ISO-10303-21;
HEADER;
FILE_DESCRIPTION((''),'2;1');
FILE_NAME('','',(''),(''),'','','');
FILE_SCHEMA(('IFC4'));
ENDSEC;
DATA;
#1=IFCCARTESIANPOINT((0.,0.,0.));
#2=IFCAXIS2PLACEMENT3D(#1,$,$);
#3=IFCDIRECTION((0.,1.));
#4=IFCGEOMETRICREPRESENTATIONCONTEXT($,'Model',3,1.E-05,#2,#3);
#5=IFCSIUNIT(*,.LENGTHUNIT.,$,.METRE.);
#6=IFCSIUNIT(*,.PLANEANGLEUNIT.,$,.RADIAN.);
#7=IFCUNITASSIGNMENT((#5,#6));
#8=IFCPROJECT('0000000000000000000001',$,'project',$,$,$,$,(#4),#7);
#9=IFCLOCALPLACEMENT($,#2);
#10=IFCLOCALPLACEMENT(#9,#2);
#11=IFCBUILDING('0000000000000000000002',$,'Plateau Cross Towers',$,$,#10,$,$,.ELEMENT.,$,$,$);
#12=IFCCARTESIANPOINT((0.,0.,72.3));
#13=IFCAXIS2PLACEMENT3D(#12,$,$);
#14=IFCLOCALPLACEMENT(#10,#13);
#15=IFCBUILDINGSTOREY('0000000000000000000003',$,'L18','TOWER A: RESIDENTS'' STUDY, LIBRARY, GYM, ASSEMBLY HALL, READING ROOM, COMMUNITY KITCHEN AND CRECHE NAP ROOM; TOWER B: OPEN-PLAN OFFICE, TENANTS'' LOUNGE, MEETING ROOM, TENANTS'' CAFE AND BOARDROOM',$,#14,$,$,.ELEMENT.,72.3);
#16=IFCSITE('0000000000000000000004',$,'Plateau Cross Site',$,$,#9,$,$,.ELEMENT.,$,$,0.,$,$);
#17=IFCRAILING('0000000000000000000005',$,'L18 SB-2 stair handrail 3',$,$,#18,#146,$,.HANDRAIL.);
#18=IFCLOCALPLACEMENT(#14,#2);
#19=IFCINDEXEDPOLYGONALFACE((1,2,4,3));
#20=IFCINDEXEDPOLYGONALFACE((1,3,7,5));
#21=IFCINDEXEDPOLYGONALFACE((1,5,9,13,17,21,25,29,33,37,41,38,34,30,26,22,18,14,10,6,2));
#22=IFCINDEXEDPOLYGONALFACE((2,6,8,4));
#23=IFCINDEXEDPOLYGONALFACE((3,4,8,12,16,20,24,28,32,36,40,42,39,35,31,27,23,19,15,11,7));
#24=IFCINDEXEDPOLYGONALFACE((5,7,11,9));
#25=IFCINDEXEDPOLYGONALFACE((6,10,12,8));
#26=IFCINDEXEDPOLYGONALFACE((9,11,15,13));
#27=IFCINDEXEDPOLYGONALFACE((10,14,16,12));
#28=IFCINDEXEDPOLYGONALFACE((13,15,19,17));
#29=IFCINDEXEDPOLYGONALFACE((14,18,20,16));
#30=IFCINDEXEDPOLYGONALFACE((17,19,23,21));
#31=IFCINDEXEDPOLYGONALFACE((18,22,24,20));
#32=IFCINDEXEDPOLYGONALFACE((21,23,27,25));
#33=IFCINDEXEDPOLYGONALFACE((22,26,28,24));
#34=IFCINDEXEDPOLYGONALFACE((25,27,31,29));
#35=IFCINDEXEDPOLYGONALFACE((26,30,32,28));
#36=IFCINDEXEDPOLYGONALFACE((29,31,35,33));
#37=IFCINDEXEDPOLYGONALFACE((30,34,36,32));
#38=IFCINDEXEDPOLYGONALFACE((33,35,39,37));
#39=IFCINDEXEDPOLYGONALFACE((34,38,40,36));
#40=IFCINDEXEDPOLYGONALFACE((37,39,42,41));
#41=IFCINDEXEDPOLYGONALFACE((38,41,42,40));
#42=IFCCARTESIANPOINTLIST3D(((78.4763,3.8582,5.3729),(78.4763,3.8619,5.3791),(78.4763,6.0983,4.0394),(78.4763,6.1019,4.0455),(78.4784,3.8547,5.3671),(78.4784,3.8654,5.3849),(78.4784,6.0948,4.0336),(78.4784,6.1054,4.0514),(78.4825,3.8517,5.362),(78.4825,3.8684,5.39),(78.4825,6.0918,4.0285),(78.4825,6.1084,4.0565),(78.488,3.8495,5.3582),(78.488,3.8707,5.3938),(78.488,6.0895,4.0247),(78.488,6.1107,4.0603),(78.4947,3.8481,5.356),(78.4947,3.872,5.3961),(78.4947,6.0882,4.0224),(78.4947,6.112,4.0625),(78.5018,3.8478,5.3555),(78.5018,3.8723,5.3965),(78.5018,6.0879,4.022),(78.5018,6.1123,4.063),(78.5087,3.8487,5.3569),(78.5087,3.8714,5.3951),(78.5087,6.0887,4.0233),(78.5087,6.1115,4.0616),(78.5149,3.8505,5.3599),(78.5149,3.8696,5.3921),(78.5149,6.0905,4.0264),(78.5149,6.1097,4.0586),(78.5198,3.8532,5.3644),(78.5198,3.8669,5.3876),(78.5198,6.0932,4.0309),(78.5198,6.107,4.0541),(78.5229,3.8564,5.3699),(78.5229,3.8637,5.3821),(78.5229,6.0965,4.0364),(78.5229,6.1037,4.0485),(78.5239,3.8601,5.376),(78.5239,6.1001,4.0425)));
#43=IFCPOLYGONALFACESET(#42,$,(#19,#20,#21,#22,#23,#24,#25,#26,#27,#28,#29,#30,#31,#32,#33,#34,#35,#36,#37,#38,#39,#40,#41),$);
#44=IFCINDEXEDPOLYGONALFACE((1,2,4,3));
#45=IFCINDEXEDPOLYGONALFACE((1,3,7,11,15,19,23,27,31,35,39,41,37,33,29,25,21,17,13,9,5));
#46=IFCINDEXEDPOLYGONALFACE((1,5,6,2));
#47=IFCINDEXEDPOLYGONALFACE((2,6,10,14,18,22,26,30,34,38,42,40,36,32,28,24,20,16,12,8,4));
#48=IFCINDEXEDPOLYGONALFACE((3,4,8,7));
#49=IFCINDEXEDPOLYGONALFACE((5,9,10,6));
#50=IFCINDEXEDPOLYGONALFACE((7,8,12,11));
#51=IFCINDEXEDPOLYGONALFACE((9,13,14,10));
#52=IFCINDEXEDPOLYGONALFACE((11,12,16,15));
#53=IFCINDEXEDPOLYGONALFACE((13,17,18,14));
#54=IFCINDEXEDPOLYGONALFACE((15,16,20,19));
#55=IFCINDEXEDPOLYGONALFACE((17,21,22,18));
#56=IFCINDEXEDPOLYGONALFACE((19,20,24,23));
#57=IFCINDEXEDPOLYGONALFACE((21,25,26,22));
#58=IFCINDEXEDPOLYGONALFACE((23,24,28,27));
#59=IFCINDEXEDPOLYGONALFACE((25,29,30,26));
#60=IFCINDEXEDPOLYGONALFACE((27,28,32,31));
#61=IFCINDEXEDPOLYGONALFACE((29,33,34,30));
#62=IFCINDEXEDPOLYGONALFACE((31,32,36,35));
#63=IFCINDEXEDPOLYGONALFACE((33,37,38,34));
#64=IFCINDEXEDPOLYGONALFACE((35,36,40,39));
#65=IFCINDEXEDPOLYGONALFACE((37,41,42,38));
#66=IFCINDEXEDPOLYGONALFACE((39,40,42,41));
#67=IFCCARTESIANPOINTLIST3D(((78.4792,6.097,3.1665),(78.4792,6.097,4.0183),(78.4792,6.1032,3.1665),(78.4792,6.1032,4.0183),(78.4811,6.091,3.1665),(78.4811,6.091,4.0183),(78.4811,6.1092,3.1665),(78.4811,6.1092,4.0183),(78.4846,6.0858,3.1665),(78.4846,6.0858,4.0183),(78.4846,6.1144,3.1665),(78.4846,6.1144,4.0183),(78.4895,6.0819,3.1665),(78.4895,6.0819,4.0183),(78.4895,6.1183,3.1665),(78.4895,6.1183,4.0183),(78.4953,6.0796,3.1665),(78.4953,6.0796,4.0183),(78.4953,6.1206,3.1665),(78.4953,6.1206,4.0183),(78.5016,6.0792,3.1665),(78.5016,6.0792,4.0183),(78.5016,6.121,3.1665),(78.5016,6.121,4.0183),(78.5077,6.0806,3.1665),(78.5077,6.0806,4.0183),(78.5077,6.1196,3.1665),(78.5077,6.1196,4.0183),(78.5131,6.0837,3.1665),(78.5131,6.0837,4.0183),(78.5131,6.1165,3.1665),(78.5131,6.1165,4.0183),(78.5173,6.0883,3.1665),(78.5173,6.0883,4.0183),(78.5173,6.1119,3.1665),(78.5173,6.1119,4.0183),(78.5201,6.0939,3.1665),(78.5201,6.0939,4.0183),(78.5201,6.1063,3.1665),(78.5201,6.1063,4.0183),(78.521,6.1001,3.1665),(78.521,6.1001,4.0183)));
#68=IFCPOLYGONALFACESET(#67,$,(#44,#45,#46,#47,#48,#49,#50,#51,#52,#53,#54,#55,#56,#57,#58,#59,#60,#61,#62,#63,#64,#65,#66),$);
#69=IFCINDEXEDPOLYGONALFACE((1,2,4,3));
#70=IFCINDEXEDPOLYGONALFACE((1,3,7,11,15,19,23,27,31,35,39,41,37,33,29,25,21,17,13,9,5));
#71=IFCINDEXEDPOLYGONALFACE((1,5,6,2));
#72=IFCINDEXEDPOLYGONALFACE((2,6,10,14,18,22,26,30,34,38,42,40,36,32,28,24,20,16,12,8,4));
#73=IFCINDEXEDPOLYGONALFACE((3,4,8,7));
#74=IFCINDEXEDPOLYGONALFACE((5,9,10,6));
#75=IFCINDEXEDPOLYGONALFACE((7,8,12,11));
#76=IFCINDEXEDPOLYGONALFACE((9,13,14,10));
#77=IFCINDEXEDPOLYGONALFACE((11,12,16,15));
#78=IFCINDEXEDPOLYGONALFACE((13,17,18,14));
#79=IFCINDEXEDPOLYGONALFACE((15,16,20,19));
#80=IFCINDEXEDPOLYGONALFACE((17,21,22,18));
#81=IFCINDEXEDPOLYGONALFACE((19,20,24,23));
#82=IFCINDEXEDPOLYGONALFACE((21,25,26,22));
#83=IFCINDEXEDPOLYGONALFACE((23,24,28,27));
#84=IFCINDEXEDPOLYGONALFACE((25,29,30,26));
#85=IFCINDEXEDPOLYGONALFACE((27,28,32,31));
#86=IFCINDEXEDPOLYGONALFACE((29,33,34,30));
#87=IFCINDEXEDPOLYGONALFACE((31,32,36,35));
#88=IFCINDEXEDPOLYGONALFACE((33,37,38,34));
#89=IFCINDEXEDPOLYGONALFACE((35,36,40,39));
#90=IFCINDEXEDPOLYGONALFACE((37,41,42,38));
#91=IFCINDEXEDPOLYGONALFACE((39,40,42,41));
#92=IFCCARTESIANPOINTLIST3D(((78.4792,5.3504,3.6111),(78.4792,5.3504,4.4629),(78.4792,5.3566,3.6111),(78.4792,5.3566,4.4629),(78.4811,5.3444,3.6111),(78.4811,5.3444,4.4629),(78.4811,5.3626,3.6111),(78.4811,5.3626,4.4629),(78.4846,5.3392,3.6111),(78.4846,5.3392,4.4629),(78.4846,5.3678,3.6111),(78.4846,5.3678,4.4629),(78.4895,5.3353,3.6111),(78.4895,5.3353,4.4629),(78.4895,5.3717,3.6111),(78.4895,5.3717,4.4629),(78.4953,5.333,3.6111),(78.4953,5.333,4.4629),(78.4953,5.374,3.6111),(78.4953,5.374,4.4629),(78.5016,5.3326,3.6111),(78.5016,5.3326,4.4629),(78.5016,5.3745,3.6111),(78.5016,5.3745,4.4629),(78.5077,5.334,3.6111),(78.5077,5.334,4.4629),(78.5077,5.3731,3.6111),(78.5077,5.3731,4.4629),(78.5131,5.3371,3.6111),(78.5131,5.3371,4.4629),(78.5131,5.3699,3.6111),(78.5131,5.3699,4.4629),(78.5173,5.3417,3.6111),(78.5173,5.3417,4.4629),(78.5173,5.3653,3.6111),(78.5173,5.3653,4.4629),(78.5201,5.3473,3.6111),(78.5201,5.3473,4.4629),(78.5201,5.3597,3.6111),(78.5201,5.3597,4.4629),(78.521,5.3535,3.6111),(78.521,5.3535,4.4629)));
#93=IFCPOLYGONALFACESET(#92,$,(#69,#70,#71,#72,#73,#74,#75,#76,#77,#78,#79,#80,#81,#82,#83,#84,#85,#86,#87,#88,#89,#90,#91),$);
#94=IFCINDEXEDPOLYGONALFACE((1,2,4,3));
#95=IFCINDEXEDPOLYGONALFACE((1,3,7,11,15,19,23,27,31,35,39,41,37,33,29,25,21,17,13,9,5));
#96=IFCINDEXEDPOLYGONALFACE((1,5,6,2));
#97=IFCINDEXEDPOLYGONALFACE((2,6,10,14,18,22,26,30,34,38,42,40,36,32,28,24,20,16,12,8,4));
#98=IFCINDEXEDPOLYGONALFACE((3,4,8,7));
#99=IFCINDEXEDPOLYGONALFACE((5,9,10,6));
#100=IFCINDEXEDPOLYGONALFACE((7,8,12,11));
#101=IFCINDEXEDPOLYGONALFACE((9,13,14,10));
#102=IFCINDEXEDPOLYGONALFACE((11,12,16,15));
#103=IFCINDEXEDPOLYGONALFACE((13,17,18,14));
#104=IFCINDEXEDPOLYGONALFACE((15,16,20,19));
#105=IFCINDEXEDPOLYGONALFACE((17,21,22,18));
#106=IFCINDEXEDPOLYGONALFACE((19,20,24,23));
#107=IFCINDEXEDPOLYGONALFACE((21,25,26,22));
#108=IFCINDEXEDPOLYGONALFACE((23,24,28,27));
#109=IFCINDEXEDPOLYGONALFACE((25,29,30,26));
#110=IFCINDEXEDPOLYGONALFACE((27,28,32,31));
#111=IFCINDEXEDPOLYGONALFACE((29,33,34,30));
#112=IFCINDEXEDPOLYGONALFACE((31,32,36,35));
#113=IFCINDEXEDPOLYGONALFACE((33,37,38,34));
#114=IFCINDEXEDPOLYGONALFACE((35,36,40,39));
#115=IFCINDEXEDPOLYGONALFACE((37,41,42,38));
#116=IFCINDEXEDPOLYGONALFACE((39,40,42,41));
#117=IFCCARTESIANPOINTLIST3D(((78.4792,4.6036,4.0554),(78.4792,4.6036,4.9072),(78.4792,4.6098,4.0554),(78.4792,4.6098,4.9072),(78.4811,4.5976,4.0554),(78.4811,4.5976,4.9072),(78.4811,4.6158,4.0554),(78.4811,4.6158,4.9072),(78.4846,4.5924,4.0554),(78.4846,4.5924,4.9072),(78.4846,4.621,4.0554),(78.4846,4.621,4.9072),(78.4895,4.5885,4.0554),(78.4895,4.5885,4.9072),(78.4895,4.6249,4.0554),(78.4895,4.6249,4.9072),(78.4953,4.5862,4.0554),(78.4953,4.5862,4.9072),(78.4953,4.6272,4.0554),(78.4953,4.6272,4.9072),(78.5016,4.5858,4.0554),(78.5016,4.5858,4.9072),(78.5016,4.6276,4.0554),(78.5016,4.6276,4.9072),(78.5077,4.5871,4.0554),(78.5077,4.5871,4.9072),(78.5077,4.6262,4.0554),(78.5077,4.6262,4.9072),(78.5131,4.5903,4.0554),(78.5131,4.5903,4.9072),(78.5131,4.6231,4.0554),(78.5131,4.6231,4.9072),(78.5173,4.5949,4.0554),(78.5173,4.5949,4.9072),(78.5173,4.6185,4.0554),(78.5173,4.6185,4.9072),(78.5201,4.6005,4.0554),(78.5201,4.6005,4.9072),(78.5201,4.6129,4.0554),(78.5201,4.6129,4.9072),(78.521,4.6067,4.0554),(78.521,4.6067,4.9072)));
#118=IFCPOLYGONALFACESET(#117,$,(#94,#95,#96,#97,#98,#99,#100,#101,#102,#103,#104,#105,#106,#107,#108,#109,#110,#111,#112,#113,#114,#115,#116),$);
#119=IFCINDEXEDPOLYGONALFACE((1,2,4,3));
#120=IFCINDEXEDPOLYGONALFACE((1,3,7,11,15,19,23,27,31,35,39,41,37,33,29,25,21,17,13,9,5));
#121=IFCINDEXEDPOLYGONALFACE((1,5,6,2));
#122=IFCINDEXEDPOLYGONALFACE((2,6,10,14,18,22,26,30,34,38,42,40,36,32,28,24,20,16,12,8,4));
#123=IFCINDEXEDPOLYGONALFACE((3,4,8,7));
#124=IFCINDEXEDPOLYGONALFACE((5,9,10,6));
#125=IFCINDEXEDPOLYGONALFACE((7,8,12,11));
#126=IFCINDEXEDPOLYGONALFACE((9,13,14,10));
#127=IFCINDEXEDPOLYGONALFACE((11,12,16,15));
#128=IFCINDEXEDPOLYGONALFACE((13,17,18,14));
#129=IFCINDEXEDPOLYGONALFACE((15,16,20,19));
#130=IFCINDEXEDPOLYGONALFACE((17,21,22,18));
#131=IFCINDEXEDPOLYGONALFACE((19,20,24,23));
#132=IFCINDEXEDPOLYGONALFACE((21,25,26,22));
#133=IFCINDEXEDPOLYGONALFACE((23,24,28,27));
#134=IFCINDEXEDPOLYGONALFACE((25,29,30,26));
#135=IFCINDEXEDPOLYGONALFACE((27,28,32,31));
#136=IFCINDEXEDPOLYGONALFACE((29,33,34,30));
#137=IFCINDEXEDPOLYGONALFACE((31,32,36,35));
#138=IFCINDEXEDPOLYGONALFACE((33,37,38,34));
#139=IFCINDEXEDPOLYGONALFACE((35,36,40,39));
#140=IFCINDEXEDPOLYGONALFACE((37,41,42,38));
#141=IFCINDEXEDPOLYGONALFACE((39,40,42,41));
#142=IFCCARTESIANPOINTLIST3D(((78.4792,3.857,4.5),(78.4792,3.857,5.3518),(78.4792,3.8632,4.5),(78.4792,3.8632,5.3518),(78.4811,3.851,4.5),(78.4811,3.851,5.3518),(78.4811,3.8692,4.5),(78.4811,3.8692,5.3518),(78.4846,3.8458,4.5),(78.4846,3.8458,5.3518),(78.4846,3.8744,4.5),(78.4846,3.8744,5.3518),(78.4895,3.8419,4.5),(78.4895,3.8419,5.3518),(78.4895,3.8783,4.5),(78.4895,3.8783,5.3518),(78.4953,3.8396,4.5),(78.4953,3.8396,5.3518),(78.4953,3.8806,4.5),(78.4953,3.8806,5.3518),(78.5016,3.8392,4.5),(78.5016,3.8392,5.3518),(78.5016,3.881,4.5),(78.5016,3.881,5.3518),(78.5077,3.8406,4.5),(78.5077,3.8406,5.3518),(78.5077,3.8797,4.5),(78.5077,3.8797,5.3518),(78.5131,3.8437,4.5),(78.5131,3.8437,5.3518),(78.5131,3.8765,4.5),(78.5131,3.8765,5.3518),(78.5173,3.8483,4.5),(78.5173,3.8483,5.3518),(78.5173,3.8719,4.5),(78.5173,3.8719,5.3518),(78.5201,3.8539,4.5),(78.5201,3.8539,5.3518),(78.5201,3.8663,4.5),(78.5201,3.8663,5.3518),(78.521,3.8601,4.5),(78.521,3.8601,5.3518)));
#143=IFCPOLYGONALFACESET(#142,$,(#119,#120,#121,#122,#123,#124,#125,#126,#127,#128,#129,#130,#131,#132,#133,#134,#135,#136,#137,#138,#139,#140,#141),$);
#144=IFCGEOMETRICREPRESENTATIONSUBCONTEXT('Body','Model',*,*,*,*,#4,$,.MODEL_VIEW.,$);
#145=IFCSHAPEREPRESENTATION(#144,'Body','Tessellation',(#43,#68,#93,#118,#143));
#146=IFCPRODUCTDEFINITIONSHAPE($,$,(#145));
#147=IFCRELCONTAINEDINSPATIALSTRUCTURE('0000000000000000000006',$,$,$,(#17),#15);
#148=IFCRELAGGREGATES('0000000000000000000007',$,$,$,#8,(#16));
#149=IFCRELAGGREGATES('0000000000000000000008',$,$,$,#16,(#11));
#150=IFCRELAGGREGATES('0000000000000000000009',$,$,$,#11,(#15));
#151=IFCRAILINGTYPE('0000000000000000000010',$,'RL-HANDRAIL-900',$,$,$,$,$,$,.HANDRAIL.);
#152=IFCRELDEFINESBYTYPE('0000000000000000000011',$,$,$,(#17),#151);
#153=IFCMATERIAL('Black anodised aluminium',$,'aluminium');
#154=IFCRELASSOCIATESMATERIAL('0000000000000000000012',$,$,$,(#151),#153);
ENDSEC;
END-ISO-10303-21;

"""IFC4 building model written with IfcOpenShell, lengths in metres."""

from ifc_helpers import new_model, si_unit, direction, frame, origin, origin_2d, place, context, subcontext, project, spatial, circle, extrude, material, type_object, element, save


model = new_model("IFC4")

# Units and contexts
model_context = context("Model", 3, precision=1e-05, world=origin(), true_north=direction((0.0, 1.0)))
body_context = subcontext(model_context, "Body", "Model", "MODEL_VIEW")
ifc_project = project(units=[si_unit("LENGTHUNIT", "METRE"), si_unit("PLANEANGLEUNIT", "RADIAN")], contexts=[model_context])

# Site, building, storey
site_placement = place(None, origin())
site = spatial("IfcSite", under=ifc_project, at=site_placement, Name="Plateau Cross Site", CompositionType="ELEMENT", RefElevation=0.0)
building_placement = place(site_placement, origin())
building = spatial("IfcBuilding", under=site, at=building_placement, Name="Plateau Cross Towers", CompositionType="ELEMENT")
storey_placement = place(building_placement, frame((0.0, 0.0, 72.3)))
storey = spatial("IfcBuildingStorey", under=building, at=storey_placement, Name="L18", Description="TOWER A: RESIDENTS' STUDY, LIBRARY, GYM, ASSEMBLY HALL, READING ROOM, COMMUNITY KITCHEN AND CRECHE NAP ROOM; TOWER B: OPEN-PLAN OFFICE, TENANTS' LOUNGE, MEETING ROOM, TENANTS' CAFE AND BOARDROOM", CompositionType="ELEMENT", Elevation=72.3)

# Railing
ifc_material_1 = material(Name="Black anodised aluminium", Category="aluminium")
railing_type_1 = type_object("IfcRailingType", Name="RL-HANDRAIL-900", PredefinedType="HANDRAIL", material=ifc_material_1)
railing_1_placement = place(storey_placement, frame((78.5, 6.1001, 3.1665)))
element("IfcRailing", 1, at=railing_1_placement, inside=storey, type_object=railing_type_1, Name="L18 SB-2 stair handrail 3", PredefinedType="HANDRAIL", context=body_context, shape_type="SweptSolid", body=[
    extrude(circle(Radius=0.0239, at=origin_2d()), frame((0.0, 0.0, 0.876), z_axis=(0.0, -0.859264, 0.511532), x_axis=(1.0, 0.0, 0.0)), (0.0, 0.0, 1.0), 2.6069),
    extrude(circle(Radius=0.021, at=origin_2d()), origin(), (0.0, 0.0, 1.0), 0.8518),
    extrude(circle(Radius=0.021, at=origin_2d()), frame((0.0, -0.7466, 0.4446)), (0.0, 0.0, 1.0), 0.8518),
    extrude(circle(Radius=0.021, at=origin_2d()), frame((0.0, -1.4934, 0.8889)), (0.0, 0.0, 1.0), 0.8518),
    extrude(circle(Radius=0.021, at=origin_2d()), frame((0.0, -2.24, 1.3335)), (0.0, 0.0, 1.0), 0.8518),
])

save(model, "model.ifc")
